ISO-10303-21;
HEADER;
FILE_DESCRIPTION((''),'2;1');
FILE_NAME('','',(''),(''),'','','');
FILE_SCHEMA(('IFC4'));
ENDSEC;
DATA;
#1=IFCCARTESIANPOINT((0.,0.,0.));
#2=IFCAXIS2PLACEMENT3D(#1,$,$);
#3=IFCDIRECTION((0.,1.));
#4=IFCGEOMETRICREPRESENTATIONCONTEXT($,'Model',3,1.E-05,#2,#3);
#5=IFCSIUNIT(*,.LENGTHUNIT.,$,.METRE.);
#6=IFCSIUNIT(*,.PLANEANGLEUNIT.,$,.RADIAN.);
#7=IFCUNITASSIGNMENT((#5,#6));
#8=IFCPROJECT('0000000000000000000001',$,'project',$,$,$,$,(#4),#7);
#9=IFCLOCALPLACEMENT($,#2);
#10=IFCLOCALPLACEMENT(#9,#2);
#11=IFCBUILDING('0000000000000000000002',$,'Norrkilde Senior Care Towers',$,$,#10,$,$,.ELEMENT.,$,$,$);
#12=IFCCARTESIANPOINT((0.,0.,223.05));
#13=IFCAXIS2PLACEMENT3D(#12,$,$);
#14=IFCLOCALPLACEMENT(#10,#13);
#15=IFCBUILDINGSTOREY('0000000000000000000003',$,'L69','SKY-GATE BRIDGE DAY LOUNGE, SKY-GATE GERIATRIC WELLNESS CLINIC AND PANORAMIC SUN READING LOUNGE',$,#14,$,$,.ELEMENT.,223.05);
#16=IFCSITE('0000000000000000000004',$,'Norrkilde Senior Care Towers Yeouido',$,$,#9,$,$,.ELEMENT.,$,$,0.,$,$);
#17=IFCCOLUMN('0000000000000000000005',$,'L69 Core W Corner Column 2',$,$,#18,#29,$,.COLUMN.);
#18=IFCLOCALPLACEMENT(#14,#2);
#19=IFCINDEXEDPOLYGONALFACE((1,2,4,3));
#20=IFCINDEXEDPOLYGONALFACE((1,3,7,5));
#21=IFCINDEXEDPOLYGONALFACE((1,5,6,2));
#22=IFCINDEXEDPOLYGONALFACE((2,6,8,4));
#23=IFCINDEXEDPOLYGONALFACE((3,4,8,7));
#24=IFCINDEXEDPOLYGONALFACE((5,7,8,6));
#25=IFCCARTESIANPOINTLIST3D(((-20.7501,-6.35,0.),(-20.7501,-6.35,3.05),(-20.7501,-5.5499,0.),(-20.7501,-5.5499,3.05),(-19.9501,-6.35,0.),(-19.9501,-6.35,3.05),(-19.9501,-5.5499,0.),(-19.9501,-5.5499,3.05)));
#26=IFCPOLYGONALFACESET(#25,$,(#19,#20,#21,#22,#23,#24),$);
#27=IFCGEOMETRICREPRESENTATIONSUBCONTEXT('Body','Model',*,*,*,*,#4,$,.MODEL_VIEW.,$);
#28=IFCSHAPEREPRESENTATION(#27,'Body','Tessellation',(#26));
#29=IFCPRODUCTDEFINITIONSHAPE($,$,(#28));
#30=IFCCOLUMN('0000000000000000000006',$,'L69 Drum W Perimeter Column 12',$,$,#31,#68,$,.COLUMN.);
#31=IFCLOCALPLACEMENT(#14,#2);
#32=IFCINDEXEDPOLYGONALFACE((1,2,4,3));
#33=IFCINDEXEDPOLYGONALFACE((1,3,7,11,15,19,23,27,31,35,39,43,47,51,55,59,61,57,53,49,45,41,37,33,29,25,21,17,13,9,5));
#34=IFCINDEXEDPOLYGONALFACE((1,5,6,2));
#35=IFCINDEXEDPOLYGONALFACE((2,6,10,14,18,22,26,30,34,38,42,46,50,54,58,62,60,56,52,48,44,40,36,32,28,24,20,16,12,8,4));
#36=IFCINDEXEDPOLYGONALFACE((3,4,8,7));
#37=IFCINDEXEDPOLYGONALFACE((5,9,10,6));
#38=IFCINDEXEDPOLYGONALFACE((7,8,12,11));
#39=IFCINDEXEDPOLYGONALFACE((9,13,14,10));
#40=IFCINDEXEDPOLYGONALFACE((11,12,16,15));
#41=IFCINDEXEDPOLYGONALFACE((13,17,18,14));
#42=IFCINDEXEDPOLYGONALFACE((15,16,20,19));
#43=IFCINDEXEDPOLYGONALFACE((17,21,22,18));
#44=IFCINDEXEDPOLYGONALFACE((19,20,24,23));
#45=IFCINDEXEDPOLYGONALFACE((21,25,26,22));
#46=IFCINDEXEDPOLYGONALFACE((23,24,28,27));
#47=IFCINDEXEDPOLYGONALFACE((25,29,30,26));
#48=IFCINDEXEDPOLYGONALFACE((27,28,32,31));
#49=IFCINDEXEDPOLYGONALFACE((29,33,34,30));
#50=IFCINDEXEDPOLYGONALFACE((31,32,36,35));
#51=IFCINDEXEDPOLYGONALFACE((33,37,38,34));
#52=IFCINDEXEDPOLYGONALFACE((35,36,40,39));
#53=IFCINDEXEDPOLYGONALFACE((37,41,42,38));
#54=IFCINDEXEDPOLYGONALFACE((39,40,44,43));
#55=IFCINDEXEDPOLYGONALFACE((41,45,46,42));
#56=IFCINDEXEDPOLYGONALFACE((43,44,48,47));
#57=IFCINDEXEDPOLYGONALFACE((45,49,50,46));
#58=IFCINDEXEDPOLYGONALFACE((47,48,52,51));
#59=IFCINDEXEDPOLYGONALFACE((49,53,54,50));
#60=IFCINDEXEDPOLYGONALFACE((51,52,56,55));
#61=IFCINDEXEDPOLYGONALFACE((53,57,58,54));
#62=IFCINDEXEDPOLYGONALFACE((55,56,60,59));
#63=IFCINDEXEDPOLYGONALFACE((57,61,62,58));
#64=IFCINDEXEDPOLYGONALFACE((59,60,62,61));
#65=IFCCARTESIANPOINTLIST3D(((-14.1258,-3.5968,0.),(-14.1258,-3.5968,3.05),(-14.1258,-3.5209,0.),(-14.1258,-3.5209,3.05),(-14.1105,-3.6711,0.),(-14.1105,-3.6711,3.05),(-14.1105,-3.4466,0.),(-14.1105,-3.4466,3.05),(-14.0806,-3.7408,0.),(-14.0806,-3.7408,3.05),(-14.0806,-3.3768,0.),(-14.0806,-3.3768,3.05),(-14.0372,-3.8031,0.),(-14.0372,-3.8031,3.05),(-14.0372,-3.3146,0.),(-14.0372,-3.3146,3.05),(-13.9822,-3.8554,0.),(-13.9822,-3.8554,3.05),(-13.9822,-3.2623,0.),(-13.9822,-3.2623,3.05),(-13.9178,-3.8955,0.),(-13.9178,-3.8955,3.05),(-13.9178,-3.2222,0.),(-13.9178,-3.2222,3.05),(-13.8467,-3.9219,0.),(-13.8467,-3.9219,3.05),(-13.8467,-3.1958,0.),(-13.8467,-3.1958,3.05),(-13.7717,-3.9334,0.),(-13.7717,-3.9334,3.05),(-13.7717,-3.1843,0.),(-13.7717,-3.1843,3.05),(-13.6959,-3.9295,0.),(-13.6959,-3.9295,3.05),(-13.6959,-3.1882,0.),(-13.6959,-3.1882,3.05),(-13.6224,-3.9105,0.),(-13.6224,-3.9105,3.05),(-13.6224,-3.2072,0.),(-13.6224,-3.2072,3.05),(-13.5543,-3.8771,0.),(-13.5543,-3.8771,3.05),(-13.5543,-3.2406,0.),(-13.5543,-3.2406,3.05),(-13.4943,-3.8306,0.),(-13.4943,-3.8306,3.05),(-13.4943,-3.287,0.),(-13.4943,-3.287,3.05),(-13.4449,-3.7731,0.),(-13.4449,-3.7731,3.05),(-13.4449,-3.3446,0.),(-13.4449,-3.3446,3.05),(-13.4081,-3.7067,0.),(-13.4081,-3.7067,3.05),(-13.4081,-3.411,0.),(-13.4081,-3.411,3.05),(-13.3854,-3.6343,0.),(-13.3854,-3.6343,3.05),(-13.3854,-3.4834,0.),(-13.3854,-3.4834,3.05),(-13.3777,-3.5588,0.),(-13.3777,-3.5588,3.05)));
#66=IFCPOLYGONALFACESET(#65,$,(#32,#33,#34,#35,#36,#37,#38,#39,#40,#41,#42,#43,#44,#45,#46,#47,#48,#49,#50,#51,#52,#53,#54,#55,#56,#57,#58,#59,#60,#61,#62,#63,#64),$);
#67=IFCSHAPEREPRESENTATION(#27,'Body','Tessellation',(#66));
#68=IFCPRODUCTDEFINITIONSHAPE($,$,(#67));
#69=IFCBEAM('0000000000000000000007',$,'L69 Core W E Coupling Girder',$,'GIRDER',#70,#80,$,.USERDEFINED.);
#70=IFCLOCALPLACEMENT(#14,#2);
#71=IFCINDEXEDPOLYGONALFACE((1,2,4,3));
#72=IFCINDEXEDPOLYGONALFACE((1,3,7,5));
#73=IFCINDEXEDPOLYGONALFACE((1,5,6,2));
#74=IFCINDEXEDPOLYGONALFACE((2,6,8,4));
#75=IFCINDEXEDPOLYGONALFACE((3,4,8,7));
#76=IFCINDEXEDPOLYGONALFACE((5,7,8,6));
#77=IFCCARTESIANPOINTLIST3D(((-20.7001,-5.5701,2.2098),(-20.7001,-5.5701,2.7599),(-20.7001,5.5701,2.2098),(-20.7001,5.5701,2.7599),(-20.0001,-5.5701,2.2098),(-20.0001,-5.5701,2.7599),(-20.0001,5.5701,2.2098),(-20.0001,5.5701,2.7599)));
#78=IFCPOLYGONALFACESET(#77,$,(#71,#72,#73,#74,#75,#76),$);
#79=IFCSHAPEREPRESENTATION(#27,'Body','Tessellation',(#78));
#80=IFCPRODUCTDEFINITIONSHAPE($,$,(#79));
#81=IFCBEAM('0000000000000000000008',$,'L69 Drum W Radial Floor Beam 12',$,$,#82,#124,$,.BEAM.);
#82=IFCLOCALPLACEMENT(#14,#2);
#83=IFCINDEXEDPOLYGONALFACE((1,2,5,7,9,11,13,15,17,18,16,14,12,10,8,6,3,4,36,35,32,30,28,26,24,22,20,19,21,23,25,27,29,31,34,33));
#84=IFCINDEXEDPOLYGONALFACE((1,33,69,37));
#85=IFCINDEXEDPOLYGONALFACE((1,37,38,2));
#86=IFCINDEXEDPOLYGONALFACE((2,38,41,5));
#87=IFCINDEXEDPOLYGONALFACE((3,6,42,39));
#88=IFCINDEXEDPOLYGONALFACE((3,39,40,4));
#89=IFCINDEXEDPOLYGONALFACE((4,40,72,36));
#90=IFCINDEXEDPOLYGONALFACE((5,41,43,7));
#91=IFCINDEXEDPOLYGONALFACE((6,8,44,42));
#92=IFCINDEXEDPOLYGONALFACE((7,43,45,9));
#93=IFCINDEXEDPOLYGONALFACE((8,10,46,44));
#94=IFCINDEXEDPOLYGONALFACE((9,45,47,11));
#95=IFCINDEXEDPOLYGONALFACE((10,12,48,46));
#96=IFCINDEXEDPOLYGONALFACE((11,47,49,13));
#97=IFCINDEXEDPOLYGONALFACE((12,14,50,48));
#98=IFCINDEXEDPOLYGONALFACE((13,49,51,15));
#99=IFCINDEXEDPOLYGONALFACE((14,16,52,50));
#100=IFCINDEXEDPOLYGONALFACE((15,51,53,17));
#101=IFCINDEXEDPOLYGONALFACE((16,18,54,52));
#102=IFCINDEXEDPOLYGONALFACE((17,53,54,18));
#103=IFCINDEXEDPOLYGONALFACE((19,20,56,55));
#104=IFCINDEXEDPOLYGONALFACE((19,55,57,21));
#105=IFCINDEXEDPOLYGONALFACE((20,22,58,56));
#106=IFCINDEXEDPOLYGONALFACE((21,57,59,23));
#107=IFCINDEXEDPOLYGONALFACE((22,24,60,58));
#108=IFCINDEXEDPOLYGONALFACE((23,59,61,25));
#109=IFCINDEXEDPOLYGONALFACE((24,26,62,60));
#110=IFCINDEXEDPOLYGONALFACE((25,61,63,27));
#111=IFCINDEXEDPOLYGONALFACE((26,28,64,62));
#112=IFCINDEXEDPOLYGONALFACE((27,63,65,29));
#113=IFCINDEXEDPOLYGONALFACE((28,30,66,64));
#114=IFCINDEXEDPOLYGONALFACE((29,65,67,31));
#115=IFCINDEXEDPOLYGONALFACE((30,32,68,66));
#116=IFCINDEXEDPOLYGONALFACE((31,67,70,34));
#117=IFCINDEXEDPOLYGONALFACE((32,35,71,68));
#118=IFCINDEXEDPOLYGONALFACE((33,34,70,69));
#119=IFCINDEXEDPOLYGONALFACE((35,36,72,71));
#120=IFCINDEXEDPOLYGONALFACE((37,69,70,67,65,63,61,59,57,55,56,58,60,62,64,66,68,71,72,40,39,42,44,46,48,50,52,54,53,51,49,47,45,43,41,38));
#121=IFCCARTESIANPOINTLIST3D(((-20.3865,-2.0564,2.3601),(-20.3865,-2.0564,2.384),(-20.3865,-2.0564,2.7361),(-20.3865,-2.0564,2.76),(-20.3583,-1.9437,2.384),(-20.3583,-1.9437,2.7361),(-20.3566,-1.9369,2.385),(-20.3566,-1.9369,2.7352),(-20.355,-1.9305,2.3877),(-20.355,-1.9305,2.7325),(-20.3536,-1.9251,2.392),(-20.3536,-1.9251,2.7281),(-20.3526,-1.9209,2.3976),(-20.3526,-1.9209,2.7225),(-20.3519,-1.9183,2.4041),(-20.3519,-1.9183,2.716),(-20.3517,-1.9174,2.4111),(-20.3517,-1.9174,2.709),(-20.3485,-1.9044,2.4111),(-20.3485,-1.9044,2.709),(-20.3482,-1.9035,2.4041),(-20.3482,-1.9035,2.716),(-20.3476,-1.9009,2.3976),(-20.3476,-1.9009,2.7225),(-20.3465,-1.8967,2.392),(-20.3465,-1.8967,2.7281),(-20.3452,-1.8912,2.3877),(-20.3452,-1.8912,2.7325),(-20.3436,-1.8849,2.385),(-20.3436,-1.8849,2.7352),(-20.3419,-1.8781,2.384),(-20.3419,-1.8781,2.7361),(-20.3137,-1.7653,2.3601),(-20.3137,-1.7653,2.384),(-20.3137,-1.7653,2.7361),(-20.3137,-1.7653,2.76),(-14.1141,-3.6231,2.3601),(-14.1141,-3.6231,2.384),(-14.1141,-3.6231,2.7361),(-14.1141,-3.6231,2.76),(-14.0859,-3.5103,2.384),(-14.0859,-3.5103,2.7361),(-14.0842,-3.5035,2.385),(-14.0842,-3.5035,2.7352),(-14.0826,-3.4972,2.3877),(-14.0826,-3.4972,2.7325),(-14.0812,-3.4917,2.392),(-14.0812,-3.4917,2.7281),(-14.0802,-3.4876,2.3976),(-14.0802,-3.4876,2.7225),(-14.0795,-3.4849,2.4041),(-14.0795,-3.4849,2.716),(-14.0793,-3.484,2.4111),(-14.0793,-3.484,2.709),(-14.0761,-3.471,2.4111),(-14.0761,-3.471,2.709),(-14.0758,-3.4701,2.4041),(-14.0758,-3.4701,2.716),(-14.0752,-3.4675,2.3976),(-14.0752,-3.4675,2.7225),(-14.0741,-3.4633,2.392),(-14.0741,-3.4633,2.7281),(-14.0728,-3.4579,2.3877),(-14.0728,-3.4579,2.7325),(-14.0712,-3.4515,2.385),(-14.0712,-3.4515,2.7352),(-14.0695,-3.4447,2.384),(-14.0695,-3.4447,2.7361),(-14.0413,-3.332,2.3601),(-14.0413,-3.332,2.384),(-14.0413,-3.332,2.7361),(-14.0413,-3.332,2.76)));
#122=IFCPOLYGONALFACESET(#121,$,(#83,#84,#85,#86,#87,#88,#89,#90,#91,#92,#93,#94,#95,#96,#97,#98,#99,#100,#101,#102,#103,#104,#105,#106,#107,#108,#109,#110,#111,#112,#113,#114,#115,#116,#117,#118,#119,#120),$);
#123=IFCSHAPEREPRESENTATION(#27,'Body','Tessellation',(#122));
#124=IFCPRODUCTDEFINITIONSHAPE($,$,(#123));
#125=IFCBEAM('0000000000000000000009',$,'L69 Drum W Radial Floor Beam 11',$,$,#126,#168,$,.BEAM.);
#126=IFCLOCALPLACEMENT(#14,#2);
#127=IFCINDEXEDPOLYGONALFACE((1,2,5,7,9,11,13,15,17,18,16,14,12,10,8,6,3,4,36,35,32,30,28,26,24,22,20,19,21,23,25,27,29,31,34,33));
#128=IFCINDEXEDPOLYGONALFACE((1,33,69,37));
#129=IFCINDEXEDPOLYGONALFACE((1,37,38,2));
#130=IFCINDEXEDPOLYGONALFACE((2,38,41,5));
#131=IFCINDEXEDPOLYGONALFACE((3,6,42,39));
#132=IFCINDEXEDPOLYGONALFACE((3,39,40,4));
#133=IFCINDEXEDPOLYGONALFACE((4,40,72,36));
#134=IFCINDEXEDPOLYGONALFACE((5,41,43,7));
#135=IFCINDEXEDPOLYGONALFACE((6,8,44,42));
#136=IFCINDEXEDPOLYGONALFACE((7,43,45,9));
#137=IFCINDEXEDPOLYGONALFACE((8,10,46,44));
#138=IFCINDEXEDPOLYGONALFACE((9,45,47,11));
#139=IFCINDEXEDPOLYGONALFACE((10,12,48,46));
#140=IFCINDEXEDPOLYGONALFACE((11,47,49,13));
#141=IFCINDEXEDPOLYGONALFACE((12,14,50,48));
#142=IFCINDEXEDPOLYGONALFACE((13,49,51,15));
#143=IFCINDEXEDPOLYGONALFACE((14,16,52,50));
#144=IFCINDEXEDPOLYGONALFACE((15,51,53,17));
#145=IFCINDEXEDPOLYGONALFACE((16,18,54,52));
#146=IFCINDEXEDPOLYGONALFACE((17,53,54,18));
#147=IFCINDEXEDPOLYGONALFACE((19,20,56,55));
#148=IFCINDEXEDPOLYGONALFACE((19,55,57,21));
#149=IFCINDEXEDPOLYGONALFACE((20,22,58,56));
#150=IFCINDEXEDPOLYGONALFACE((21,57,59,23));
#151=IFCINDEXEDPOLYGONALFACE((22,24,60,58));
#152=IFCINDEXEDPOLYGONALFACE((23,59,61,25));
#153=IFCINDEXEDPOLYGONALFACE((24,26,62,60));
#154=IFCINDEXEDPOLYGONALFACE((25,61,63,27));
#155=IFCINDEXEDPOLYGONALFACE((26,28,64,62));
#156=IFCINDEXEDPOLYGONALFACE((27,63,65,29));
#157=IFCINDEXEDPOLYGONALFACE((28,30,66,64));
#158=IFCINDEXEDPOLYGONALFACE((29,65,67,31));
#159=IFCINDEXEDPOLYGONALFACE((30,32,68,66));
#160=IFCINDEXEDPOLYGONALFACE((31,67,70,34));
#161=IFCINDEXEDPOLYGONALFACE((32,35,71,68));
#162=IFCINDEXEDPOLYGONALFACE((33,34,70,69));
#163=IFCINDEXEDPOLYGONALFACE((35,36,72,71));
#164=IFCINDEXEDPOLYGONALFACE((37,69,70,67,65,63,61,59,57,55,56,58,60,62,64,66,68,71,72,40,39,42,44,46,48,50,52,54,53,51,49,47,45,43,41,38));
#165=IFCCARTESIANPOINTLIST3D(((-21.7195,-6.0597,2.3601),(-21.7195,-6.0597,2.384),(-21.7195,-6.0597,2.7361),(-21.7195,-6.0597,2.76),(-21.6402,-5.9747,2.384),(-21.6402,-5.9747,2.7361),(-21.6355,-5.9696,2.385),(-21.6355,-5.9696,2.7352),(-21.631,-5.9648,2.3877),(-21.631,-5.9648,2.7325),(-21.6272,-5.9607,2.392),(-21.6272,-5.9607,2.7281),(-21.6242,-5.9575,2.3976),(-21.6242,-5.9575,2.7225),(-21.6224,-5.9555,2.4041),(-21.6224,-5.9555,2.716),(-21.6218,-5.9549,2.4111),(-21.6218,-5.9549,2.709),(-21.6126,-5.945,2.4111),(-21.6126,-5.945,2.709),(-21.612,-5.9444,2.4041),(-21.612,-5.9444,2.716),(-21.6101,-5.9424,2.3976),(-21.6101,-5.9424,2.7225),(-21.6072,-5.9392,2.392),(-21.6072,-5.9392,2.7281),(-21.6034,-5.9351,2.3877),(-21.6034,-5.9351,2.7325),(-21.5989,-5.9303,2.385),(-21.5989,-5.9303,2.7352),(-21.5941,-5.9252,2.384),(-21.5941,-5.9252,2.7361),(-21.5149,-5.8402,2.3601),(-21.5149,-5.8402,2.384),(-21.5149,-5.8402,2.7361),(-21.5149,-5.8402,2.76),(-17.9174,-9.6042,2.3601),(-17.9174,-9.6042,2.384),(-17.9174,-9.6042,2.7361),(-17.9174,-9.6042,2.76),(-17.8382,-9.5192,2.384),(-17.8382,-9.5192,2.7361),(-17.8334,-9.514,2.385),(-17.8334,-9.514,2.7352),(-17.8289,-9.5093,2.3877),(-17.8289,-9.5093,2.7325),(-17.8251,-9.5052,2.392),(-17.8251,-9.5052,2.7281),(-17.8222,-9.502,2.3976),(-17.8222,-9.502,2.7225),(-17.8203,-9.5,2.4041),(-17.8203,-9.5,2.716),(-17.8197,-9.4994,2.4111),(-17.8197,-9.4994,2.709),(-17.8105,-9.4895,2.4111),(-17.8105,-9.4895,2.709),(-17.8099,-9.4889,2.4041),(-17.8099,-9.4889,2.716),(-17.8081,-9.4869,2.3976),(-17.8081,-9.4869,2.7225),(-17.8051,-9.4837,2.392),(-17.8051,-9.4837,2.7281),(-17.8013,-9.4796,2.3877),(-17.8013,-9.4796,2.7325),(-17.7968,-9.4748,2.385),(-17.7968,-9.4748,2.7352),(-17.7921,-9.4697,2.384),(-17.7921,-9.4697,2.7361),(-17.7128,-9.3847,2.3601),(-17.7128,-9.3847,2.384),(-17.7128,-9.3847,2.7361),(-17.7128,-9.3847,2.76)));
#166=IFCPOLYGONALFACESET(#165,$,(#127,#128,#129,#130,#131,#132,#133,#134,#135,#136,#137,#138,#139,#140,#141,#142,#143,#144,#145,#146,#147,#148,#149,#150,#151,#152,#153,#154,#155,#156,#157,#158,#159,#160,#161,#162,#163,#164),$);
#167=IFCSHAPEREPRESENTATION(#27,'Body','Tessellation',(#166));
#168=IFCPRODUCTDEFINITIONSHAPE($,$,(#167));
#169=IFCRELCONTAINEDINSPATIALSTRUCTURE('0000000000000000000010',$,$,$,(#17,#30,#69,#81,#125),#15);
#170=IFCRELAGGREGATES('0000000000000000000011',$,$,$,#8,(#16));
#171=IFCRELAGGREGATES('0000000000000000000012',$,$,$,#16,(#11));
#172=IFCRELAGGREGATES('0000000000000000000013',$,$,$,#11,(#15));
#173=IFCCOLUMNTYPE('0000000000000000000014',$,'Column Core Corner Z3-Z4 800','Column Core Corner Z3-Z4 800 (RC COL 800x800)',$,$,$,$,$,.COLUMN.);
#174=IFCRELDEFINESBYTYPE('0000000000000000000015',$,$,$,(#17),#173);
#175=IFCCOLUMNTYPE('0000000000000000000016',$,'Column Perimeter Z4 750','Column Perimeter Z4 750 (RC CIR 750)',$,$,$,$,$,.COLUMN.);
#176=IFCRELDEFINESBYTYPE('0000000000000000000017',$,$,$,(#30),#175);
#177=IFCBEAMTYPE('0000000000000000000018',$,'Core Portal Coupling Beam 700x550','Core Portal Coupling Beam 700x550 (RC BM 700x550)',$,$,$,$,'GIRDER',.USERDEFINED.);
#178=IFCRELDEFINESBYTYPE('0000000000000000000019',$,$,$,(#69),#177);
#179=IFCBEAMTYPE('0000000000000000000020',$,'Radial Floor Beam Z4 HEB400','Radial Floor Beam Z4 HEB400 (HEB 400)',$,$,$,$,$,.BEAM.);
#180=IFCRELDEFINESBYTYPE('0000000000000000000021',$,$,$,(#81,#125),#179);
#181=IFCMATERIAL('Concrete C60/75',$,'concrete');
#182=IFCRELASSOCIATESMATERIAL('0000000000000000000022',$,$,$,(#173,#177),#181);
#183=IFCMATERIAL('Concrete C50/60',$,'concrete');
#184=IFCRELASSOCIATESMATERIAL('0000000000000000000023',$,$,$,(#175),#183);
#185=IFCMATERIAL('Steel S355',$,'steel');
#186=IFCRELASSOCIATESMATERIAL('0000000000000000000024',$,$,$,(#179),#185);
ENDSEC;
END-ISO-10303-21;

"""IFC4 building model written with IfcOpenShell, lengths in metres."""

from ifc_helpers import new_model, si_unit, direction, frame, origin, origin_2d, place, context, subcontext, project, spatial, rectangle, circle, i_section, extrude, source, transform, mapped, material, material_profile, profile_set, type_object, type_shapes, element, save


model = new_model("IFC4")

# Units and contexts
model_context = context("Model", 3, precision=1e-05, world=origin(), true_north=direction((0.0, 1.0)))
body_context = subcontext(model_context, "Body", "Model", "MODEL_VIEW")
ifc_project = project(units=[si_unit("LENGTHUNIT", "METRE"), si_unit("PLANEANGLEUNIT", "RADIAN")], contexts=[model_context])

# Site, building, storey
site_placement = place(None, origin())
site = spatial("IfcSite", under=ifc_project, at=site_placement, Name="Norrkilde Senior Care Towers Yeouido", CompositionType="ELEMENT", RefElevation=0.0)
building_placement = place(site_placement, origin())
building = spatial("IfcBuilding", under=site, at=building_placement, Name="Norrkilde Senior Care Towers", CompositionType="ELEMENT")
storey_placement = place(building_placement, frame((0.0, 0.0, 223.05)))
storey = spatial("IfcBuildingStorey", under=building, at=storey_placement, Name="L69", Description="SKY-GATE BRIDGE DAY LOUNGE, SKY-GATE GERIATRIC WELLNESS CLINIC AND PANORAMIC SUN READING LOUNGE", CompositionType="ELEMENT", Elevation=223.05)

# Columns
ifc_material_1 = material(Name="Concrete C60/75", Category="concrete")
ifc_material_profile_1 = material_profile(ifc_material_1, rectangle(XDim=0.8, YDim=0.8, at=origin_2d()), Name="RC COL 800x800")
ifc_profile_set_1 = profile_set([ifc_material_profile_1], Name="Concrete C60/75")
column_type_1 = type_object("IfcColumnType", Name="Column Core Corner Z3-Z4 800", Description="Column Core Corner Z3-Z4 800 (RC COL 800x800)", PredefinedType="COLUMN", material=ifc_profile_set_1)
shared_shape_1 = source(origin(), body_context, "Body", "SweptSolid", [
    extrude(rectangle(XDim=0.8, YDim=0.8, at=origin_2d()), origin(), (0.0, 0.0, 1.0), 3.05),
])
type_shapes(column_type_1, [shared_shape_1])
column_1_placement = place(storey_placement, frame((-20.3501, -5.95, 0.0), z_axis=(0.0, 0.0, 1.0), x_axis=(1.0, 0.0, 0.0)))
element("IfcColumn", 1, at=column_1_placement, inside=storey, type_object=column_type_1, Name="L69 Core W Corner Column 2", PredefinedType="COLUMN", context=body_context, shape_type="MappedRepresentation", body=[
    mapped(shared_shape_1, transform((0.0, 0.0, 0.0), x_axis=(1.0, 0.0, 0.0), y_axis=(0.0, 1.0, 0.0), z_axis=(0.0, 0.0, 1.0), scale=1.0)),
])
ifc_material_2 = material(Name="Concrete C50/60", Category="concrete")
ifc_material_profile_2 = material_profile(ifc_material_2, circle(Radius=0.375, at=origin_2d()), Name="RC CIR 750")
ifc_profile_set_2 = profile_set([ifc_material_profile_2], Name="Concrete C50/60")
column_type_2 = type_object("IfcColumnType", Name="Column Perimeter Z4 750", Description="Column Perimeter Z4 750 (RC CIR 750)", PredefinedType="COLUMN", material=ifc_profile_set_2)
shared_shape_2 = source(origin(), body_context, "Body", "SweptSolid", [
    extrude(circle(Radius=0.375, at=origin_2d()), origin(), (0.0, 0.0, 1.0), 3.05),
])
type_shapes(column_type_2, [shared_shape_2])
column_2_placement = place(storey_placement, frame((-13.7527, -3.5588, 0.0), z_axis=(0.0, 0.0, 1.0), x_axis=(1.0, 0.0, 0.0)))
element("IfcColumn", 2, at=column_2_placement, inside=storey, type_object=column_type_2, Name="L69 Drum W Perimeter Column 12", PredefinedType="COLUMN", context=body_context, shape_type="MappedRepresentation", body=[
    mapped(shared_shape_2, transform((0.0, 0.0, 0.0), x_axis=(1.0, 0.0, 0.0), y_axis=(0.0, 1.0, 0.0), z_axis=(0.0, 0.0, 1.0), scale=1.0)),
])

# Beams
ifc_material_profile_3 = material_profile(ifc_material_1, rectangle(XDim=0.7, YDim=0.55, at=origin_2d()), Name="RC BM 700x550")
ifc_profile_set_3 = profile_set([ifc_material_profile_3], Name="Concrete C60/75")
beam_type_1 = type_object("IfcBeamType", Name="Core Portal Coupling Beam 700x550", Description="Core Portal Coupling Beam 700x550 (RC BM 700x550)", ElementType="GIRDER", PredefinedType="USERDEFINED", material=ifc_profile_set_3)
shared_shape_3 = source(origin(), body_context, "Body", "SweptSolid", [
    extrude(rectangle(XDim=0.7, YDim=0.55, at=origin_2d()), origin(), (0.0, 0.0, 1.0), 11.1401),
])
type_shapes(beam_type_1, [shared_shape_3])
beam_1_placement = place(storey_placement, frame((-20.3501, -5.5701, 2.4849), z_axis=(0.0, 1.0, 0.0), x_axis=(-1.0, 0.0, 0.0)))
element("IfcBeam", 3, at=beam_1_placement, inside=storey, type_object=beam_type_1, Name="L69 Core W E Coupling Girder", ObjectType="GIRDER", PredefinedType="USERDEFINED", context=body_context, shape_type="MappedRepresentation", body=[
    mapped(shared_shape_3, transform((0.0, 0.0, 0.0), x_axis=(1.0, 0.0, 0.0), y_axis=(0.0, 1.0, 0.0), z_axis=(0.0, 0.0, 1.0), scale=1.0)),
])
ifc_material_3 = material(Name="Steel S355", Category="steel")
ifc_material_profile_4 = material_profile(ifc_material_3, i_section(OverallWidth=0.3, OverallDepth=0.3999, WebThickness=0.0134, FlangeThickness=0.0239, FilletRadius=0.0271, at=origin_2d()), Name="HEB 400")
ifc_profile_set_4 = profile_set([ifc_material_profile_4], Name="Steel S355")
beam_type_2 = type_object("IfcBeamType", Name="Radial Floor Beam Z4 HEB400", Description="Radial Floor Beam Z4 HEB400 (HEB 400)", PredefinedType="BEAM", material=ifc_profile_set_4)
shared_shape_4 = source(origin(), body_context, "Body", "SweptSolid", [
    extrude(i_section(OverallWidth=0.3, OverallDepth=0.3999, WebThickness=0.0134, FlangeThickness=0.0239, FilletRadius=0.0271, at=origin_2d()), origin(), (0.0, 0.0, 1.0), 6.4651),
])
beam_2_placement = place(storey_placement, frame((-20.3501, -1.9109, 2.5601), z_axis=(0.970196, -0.242322, 0.0), x_axis=(0.242322, 0.970196, 0.0)))
element("IfcBeam", 4, at=beam_2_placement, inside=storey, type_object=beam_type_2, Name="L69 Drum W Radial Floor Beam 12", PredefinedType="BEAM", context=body_context, shape_type="MappedRepresentation", body=[
    mapped(shared_shape_4, transform((0.0, 0.0, 0.0), x_axis=(1.0, 0.0, 0.0), y_axis=(0.0, 1.0, 0.0), z_axis=(0.0, 0.0, 1.0), scale=1.0)),
])
shared_shape_5 = source(origin(), body_context, "Body", "SweptSolid", [
    extrude(i_section(OverallWidth=0.3, OverallDepth=0.3999, WebThickness=0.0134, FlangeThickness=0.0239, FilletRadius=0.0271, at=origin_2d()), origin(), (0.0, 0.0, 1.0), 5.198),
])
beam_3_placement = place(storey_placement, frame((-21.6172, -5.95, 2.5601), z_axis=(0.731449, -0.681896, 0.0), x_axis=(0.681896, 0.731449, 0.0)))
element("IfcBeam", 5, at=beam_3_placement, inside=storey, type_object=beam_type_2, Name="L69 Drum W Radial Floor Beam 11", PredefinedType="BEAM", context=body_context, shape_type="MappedRepresentation", body=[
    mapped(shared_shape_5, transform((0.0, 0.0, 0.0), x_axis=(1.0, 0.0, 0.0), y_axis=(0.0, 1.0, 0.0), z_axis=(0.0, 0.0, 1.0), scale=1.0)),
])

save(model, "model.ifc")
